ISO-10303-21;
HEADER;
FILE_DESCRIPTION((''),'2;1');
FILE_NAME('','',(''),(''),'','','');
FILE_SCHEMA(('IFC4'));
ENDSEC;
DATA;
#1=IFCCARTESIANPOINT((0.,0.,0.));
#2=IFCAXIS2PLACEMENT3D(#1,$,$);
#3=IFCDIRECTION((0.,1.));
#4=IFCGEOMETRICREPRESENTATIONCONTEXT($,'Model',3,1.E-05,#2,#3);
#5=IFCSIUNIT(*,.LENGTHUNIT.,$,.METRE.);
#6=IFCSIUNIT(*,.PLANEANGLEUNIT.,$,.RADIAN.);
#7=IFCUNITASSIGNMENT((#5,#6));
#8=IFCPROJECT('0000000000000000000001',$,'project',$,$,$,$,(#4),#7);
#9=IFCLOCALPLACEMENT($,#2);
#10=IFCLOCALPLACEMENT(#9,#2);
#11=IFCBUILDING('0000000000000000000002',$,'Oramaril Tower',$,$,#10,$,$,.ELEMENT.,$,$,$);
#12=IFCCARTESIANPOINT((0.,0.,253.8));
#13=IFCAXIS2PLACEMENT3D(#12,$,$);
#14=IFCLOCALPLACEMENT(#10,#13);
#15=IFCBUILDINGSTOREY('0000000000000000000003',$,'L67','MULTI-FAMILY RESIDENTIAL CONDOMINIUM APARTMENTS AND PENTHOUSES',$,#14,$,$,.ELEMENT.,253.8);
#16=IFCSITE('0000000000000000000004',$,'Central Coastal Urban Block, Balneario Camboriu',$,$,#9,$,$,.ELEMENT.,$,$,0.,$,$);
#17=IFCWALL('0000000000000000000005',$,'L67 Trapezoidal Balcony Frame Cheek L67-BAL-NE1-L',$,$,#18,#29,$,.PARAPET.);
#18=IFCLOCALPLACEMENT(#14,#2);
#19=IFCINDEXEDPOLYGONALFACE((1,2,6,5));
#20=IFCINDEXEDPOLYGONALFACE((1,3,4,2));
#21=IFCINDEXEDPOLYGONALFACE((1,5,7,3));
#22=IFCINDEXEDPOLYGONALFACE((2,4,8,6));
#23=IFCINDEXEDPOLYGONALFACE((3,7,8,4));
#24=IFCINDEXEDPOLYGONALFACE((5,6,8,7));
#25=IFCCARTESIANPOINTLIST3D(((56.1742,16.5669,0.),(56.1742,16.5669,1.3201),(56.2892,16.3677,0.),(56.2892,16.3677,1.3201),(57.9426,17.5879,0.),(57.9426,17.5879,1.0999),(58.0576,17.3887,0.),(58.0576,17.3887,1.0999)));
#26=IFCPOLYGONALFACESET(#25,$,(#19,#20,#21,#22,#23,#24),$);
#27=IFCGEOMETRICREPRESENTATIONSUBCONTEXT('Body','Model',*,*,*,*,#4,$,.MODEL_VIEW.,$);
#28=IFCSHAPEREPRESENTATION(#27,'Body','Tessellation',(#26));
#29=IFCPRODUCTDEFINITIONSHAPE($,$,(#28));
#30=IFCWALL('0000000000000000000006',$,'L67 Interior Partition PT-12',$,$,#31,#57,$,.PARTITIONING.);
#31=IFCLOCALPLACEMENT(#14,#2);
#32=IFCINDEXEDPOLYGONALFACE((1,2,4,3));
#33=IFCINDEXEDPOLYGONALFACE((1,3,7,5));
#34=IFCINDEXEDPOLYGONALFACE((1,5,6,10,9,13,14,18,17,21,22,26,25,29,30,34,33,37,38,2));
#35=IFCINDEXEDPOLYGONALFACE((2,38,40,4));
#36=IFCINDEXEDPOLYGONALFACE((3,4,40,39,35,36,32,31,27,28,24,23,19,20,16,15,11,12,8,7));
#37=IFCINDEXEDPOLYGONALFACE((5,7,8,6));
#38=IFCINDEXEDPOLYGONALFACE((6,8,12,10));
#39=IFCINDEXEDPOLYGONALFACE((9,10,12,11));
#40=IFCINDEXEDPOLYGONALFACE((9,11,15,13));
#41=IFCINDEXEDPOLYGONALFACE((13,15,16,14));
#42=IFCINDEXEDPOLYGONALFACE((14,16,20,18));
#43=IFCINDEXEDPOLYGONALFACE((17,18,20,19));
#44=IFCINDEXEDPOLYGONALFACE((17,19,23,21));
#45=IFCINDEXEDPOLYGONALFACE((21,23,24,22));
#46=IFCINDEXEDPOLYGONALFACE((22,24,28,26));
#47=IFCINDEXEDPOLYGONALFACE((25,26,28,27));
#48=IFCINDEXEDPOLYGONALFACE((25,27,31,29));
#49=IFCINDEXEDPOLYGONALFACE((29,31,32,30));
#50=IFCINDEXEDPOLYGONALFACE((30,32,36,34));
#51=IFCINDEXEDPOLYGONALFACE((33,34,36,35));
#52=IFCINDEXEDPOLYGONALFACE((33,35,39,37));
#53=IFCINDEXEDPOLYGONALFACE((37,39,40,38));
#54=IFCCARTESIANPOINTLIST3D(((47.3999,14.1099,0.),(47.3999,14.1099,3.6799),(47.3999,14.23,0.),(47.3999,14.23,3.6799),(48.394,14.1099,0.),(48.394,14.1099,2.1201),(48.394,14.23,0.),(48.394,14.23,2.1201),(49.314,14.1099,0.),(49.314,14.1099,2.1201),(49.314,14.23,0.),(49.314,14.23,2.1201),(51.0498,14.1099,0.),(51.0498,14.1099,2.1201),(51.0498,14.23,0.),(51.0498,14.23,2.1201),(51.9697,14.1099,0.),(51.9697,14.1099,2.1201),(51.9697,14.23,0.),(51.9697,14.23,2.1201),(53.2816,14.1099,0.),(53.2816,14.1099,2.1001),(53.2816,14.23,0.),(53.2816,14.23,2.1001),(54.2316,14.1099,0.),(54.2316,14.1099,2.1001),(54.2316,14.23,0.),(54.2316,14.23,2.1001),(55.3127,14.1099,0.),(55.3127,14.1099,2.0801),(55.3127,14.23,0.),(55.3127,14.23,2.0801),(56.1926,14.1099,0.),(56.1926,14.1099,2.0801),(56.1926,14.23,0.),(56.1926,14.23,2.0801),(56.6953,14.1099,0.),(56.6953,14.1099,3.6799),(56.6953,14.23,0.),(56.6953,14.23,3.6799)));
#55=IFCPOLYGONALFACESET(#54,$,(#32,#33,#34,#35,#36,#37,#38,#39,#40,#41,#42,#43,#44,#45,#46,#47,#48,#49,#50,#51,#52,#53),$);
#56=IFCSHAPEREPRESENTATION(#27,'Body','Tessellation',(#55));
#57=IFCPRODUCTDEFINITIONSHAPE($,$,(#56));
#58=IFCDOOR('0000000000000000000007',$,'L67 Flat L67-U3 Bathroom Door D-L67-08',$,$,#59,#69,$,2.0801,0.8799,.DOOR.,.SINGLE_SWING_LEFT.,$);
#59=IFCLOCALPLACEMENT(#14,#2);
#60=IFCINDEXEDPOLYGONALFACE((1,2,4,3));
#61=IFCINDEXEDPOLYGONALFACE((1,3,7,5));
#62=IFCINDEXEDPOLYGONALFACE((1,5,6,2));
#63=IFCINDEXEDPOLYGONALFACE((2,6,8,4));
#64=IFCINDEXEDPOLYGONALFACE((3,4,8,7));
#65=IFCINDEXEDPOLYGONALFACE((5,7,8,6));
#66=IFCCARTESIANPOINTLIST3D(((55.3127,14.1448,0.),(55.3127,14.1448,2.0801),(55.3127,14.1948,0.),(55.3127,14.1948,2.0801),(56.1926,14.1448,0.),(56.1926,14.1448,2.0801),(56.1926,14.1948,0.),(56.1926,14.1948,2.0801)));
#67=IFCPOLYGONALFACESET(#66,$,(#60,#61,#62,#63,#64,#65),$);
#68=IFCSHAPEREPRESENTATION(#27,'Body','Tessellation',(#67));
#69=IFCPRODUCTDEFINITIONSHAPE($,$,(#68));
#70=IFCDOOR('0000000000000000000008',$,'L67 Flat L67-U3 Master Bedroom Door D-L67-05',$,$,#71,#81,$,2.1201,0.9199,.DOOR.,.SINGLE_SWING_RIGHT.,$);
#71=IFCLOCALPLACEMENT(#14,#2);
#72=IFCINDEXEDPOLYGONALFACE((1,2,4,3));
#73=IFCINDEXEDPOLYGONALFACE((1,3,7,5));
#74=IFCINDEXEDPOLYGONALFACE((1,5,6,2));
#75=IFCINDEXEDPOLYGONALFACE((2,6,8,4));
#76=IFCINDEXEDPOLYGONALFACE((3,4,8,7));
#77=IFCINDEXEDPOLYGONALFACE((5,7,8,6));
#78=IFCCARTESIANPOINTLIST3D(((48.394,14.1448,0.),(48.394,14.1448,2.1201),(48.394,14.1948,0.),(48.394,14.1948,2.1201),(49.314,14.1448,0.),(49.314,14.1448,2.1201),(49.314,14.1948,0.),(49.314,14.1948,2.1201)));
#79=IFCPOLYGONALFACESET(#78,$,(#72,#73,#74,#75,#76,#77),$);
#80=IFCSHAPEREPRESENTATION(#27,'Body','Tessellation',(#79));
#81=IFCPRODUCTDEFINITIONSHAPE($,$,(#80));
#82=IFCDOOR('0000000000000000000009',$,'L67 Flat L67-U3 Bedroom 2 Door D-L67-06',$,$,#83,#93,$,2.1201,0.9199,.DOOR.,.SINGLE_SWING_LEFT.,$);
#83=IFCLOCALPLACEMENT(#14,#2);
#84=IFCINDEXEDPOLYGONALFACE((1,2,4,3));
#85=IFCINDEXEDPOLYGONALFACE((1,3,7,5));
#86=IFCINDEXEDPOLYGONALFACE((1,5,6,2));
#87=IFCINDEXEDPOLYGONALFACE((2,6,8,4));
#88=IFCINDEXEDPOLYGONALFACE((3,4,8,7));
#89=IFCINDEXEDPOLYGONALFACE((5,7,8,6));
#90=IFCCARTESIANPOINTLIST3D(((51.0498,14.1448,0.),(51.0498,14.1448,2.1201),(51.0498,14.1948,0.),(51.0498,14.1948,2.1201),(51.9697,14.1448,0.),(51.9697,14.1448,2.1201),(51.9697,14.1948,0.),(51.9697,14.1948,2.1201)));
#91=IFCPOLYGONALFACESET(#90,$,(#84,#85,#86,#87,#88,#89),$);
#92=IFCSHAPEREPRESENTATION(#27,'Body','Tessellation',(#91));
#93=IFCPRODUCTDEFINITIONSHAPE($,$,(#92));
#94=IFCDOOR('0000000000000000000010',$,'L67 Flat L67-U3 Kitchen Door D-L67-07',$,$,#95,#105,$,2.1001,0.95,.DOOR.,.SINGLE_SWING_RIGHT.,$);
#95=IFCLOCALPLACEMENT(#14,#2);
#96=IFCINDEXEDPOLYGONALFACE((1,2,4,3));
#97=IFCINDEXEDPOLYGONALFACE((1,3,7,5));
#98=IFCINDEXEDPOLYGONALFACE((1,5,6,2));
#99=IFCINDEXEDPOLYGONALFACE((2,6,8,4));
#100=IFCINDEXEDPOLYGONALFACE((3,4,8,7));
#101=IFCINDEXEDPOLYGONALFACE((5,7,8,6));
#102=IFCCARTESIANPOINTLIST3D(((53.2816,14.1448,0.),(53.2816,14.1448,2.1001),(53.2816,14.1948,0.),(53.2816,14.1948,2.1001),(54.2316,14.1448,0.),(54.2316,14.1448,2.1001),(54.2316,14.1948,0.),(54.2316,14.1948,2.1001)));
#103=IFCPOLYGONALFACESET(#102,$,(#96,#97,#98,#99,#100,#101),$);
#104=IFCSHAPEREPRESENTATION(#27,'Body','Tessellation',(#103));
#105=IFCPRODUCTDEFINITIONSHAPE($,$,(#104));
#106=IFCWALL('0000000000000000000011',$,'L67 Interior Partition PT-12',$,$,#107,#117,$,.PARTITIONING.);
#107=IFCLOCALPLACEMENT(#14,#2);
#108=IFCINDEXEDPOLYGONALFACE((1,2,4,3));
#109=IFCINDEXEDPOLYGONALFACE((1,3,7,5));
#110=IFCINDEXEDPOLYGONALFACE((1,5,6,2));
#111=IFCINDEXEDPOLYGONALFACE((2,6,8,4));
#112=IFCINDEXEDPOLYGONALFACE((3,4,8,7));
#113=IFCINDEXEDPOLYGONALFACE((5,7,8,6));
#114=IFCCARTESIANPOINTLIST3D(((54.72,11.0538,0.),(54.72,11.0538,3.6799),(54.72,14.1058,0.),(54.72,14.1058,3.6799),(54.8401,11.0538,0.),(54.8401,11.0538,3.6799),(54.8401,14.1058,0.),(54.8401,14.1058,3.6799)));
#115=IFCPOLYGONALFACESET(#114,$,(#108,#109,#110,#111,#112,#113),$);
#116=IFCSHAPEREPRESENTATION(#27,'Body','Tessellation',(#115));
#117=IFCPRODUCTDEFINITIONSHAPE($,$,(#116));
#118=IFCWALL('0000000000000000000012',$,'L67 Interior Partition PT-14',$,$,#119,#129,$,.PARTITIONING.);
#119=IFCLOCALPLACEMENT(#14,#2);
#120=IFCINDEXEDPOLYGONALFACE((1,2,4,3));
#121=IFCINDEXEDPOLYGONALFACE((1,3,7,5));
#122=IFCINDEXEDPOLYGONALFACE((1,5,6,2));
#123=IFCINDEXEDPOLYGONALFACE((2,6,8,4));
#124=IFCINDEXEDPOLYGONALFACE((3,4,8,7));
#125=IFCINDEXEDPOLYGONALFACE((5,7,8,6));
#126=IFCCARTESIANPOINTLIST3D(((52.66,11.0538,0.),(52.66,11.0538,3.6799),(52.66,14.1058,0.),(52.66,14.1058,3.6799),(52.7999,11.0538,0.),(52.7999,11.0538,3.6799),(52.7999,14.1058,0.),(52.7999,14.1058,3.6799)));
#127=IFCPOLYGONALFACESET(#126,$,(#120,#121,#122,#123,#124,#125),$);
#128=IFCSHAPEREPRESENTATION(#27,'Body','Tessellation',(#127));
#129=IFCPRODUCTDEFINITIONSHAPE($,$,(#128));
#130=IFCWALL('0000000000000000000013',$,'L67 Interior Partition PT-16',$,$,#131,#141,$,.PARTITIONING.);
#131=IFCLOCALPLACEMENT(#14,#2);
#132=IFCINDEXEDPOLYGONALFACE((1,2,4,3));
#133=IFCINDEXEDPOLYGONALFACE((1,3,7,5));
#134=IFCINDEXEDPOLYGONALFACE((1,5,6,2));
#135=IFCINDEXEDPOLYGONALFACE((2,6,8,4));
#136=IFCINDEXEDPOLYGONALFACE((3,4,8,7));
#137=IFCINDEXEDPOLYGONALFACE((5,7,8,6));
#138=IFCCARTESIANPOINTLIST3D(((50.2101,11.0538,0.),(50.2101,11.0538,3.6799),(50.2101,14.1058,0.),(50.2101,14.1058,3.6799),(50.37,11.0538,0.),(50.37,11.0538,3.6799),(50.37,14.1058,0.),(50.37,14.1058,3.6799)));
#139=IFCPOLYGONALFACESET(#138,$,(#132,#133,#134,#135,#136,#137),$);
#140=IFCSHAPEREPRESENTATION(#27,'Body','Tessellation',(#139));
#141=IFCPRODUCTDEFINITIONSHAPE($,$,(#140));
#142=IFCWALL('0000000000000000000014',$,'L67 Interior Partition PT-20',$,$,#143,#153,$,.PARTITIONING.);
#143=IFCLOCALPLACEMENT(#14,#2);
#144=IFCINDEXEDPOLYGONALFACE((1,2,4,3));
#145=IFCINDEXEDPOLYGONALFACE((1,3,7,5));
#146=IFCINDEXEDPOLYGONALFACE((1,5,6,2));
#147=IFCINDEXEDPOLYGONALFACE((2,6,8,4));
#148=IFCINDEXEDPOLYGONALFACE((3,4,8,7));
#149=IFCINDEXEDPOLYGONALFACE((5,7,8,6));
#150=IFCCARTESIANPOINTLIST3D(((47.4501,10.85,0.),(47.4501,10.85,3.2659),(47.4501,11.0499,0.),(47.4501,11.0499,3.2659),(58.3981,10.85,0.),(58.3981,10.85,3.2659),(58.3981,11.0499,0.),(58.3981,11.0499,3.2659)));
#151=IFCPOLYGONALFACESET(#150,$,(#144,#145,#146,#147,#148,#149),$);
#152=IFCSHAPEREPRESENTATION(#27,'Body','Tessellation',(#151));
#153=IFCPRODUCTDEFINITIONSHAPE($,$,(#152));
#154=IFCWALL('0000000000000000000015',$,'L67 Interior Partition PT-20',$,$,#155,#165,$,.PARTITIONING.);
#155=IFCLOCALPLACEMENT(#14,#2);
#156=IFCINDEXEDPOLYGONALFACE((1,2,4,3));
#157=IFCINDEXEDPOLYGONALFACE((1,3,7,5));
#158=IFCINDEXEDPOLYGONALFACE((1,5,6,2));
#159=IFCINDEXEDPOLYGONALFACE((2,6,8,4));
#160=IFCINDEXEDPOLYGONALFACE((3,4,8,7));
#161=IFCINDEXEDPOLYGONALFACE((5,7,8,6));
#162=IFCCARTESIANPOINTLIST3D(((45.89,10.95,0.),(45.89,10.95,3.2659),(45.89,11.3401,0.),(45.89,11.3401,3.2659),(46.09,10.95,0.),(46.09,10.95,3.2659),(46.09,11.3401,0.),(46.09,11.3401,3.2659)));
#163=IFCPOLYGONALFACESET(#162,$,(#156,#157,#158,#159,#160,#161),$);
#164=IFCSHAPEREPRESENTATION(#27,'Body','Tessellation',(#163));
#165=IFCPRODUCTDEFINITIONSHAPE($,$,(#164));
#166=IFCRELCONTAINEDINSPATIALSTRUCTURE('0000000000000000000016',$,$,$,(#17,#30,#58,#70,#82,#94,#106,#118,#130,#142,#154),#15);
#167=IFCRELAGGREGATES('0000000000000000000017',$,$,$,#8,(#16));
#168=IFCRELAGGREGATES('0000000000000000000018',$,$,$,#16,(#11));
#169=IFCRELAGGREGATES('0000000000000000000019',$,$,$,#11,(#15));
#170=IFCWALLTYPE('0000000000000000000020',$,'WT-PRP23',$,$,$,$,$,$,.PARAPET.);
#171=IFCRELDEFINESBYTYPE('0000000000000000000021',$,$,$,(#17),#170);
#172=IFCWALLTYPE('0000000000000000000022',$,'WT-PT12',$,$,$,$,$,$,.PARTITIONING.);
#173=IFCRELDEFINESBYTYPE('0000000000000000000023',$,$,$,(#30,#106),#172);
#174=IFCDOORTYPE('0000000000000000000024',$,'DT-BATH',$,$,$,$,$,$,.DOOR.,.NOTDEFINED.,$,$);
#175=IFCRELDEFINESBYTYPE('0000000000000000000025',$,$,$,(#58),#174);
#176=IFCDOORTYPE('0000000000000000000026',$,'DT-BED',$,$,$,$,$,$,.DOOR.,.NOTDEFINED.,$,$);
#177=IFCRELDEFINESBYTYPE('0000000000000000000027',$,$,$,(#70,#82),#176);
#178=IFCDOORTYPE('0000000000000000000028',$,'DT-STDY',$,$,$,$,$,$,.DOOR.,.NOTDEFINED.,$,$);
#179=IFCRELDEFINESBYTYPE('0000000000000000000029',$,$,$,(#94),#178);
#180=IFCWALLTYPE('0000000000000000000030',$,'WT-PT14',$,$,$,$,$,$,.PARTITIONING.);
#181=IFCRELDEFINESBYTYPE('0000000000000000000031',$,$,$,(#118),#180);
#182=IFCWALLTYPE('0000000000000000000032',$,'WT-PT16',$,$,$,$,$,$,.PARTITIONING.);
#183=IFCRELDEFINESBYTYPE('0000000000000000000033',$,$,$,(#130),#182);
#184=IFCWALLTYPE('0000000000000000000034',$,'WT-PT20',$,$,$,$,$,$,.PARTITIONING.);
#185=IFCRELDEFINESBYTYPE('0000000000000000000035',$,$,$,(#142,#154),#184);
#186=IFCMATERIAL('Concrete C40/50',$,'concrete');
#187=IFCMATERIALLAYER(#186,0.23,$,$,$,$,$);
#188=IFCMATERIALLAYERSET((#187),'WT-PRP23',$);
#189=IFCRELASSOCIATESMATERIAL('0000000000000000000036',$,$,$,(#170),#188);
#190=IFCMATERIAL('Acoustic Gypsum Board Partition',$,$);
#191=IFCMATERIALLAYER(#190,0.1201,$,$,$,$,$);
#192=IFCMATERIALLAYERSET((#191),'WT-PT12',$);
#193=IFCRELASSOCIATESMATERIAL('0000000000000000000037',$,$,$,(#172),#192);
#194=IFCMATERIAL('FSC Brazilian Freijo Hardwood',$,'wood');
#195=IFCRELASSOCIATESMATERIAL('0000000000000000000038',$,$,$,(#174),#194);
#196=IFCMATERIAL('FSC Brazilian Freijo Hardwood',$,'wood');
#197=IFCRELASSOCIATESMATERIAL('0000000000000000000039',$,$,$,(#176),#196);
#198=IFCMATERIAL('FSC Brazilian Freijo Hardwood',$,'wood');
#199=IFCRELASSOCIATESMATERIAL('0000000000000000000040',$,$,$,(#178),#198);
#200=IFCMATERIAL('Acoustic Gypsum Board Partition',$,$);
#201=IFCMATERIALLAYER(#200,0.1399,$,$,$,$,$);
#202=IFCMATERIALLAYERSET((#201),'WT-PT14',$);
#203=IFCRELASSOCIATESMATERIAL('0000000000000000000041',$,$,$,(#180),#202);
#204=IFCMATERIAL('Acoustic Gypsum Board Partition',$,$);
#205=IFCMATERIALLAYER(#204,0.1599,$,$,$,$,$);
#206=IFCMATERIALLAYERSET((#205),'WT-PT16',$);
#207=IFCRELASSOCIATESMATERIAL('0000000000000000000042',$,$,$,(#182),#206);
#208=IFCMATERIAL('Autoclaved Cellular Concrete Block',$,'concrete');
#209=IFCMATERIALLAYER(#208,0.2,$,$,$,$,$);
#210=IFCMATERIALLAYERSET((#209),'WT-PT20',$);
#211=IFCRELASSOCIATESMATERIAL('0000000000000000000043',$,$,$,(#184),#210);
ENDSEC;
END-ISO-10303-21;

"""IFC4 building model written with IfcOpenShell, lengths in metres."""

from ifc_helpers import new_model, si_unit, direction, frame, frame_2d, origin, place, context, subcontext, project, spatial, polyline, rectangle, outline, extrude, material, layer, layer_set, type_object, element, fill, save


model = new_model("IFC4")

# Units and contexts
model_context = context("Model", 3, precision=1e-05, world=origin(), true_north=direction((0.0, 1.0)))
body_context = subcontext(model_context, "Body", "Model", "MODEL_VIEW")
ifc_project = project(units=[si_unit("LENGTHUNIT", "METRE"), si_unit("PLANEANGLEUNIT", "RADIAN")], contexts=[model_context])

# Site, building, storey
site_placement = place(None, origin())
site = spatial("IfcSite", under=ifc_project, at=site_placement, Name="Central Coastal Urban Block, Balneario Camboriu", CompositionType="ELEMENT", RefElevation=0.0)
building_placement = place(site_placement, origin())
building = spatial("IfcBuilding", under=site, at=building_placement, Name="Oramaril Tower", CompositionType="ELEMENT")
storey_placement = place(building_placement, frame((0.0, 0.0, 253.8)))
storey = spatial("IfcBuildingStorey", under=building, at=storey_placement, Name="L67", Description="MULTI-FAMILY RESIDENTIAL CONDOMINIUM APARTMENTS AND PENTHOUSES", CompositionType="ELEMENT", Elevation=253.8)

# Wall
ifc_material_1 = material(Name="Concrete C40/50", Category="concrete")
ifc_layer_1 = layer(ifc_material_1, 0.23)
ifc_layer_set_1 = layer_set([ifc_layer_1], Name="WT-PRP23")
wall_type_1 = type_object("IfcWallType", Name="WT-PRP23", PredefinedType="PARAPET", material=ifc_layer_set_1)
wall_1_placement = place(storey_placement, frame((56.2317, 16.4673, 0.0), z_axis=(0.0, 0.0, 1.0), x_axis=(0.866012, 0.500023, 0.0)))
element("IfcWall", 1, at=wall_1_placement, inside=storey, type_object=wall_type_1, Name="L67 Trapezoidal Balcony Frame Cheek L67-BAL-NE1-L", PredefinedType="PARAPET", context=body_context, shape_type="SweptSolid", body=[
    extrude(outline(polyline([(0.0, 0.0), (2.042, 0.0), (2.042, 1.0999), (0.0, 1.3201), (0.0, 0.0)])), frame((0.0, 0.115, 0.0), z_axis=(0.0, -1.0, 0.0), x_axis=(1.0, 0.0, 0.0)), (0.0, 0.0, 1.0), 0.23),
])

# Wall, openings, doors
ifc_material_2 = material(Name="Acoustic Gypsum Board Partition")
ifc_layer_2 = layer(ifc_material_2, 0.1201)
ifc_layer_set_2 = layer_set([ifc_layer_2], Name="WT-PT12")
wall_type_2 = type_object("IfcWallType", Name="WT-PT12", PredefinedType="PARTITIONING", material=ifc_layer_set_2)
wall_2_placement = place(storey_placement, frame((47.3999, 14.1699, 0.0), z_axis=(0.0, 0.0, 1.0), x_axis=(1.0, 0.0, 0.0)))
wall_2 = element("IfcWall", 2, at=wall_2_placement, inside=storey, type_object=wall_type_2, Name="L67 Interior Partition PT-12", PredefinedType="PARTITIONING", context=body_context, shape_type="SweptSolid", body=[
    extrude(rectangle(XDim=9.2954, YDim=0.1201, at=frame_2d((4.6477, 0.0))), origin(), (0.0, 0.0, 1.0), 3.6799),
])
opening_1_placement = place(wall_2_placement, frame((0.9941, 0.0, 0.0)))
opening_1 = element("IfcOpeningElement", 3, at=opening_1_placement, cuts=wall_2, PredefinedType="OPENING", context=body_context, shape_type="SweptSolid", body=[
    extrude(rectangle(XDim=0.9199, YDim=2.1201, at=frame_2d((0.46, 1.0601))), frame((0.0, 0.0601, 0.0), z_axis=(0.0, -1.0, 0.0), x_axis=(1.0, 0.0, 0.0)), (0.0, 0.0, 1.0), 0.1201),
])
opening_2_placement = place(wall_2_placement, frame((3.6499, 0.0, 0.0)))
opening_2 = element("IfcOpeningElement", 4, at=opening_2_placement, cuts=wall_2, PredefinedType="OPENING", context=body_context, shape_type="SweptSolid", body=[
    extrude(rectangle(XDim=0.9199, YDim=2.1201, at=frame_2d((0.46, 1.0601))), frame((0.0, 0.0601, 0.0), z_axis=(0.0, -1.0, 0.0), x_axis=(1.0, 0.0, 0.0)), (0.0, 0.0, 1.0), 0.1201),
])
opening_3_placement = place(wall_2_placement, frame((5.8816, 0.0, 0.0)))
opening_3 = element("IfcOpeningElement", 5, at=opening_3_placement, cuts=wall_2, PredefinedType="OPENING", context=body_context, shape_type="SweptSolid", body=[
    extrude(rectangle(XDim=0.95, YDim=2.1001, at=frame_2d((0.4751, 1.05))), frame((0.0, 0.0601, 0.0), z_axis=(0.0, -1.0, 0.0), x_axis=(1.0, 0.0, 0.0)), (0.0, 0.0, 1.0), 0.1201),
])
opening_4_placement = place(wall_2_placement, frame((7.9128, 0.0, 0.0)))
opening_4 = element("IfcOpeningElement", 6, at=opening_4_placement, cuts=wall_2, PredefinedType="OPENING", context=body_context, shape_type="SweptSolid", body=[
    extrude(rectangle(XDim=0.8799, YDim=2.0801, at=frame_2d((0.4399, 1.04))), frame((0.0, 0.0601, 0.0), z_axis=(0.0, -1.0, 0.0), x_axis=(1.0, 0.0, 0.0)), (0.0, 0.0, 1.0), 0.1201),
])
ifc_material_3 = material(Name="FSC Brazilian Freijo Hardwood", Category="wood")
door_type_1 = type_object("IfcDoorType", Name="DT-BATH", OperationType="NOTDEFINED", PredefinedType="DOOR", material=ifc_material_3)
door_1_placement = place(opening_4_placement, origin())
door_1 = element("IfcDoor", 7, at=door_1_placement, inside=storey, type_object=door_type_1, Name="L67 Flat L67-U3 Bathroom Door D-L67-08", OperationType="SINGLE_SWING_LEFT", OverallHeight=2.0801, OverallWidth=0.8799, PredefinedType="DOOR", context=body_context, shape_type="SweptSolid", body=[
    extrude(rectangle(XDim=0.8799, YDim=2.0801, at=frame_2d((0.4399, 1.04))), frame((0.0, 0.0249, 0.0), z_axis=(0.0, -1.0, 0.0), x_axis=(1.0, 0.0, 0.0)), (0.0, 0.0, 1.0), 0.05),
])
fill(opening_4, door_1)
ifc_material_4 = material(Name="FSC Brazilian Freijo Hardwood", Category="wood")
door_type_2 = type_object("IfcDoorType", Name="DT-BED", OperationType="NOTDEFINED", PredefinedType="DOOR", material=ifc_material_4)
door_2_placement = place(opening_1_placement, origin())
door_2 = element("IfcDoor", 8, at=door_2_placement, inside=storey, type_object=door_type_2, Name="L67 Flat L67-U3 Master Bedroom Door D-L67-05", OperationType="SINGLE_SWING_RIGHT", OverallHeight=2.1201, OverallWidth=0.9199, PredefinedType="DOOR", context=body_context, shape_type="SweptSolid", body=[
    extrude(rectangle(XDim=0.9199, YDim=2.1201, at=frame_2d((0.46, 1.0601))), frame((0.0, 0.0249, 0.0), z_axis=(0.0, -1.0, 0.0), x_axis=(1.0, 0.0, 0.0)), (0.0, 0.0, 1.0), 0.05),
])
fill(opening_1, door_2)
door_3_placement = place(opening_2_placement, origin())
door_3 = element("IfcDoor", 9, at=door_3_placement, inside=storey, type_object=door_type_2, Name="L67 Flat L67-U3 Bedroom 2 Door D-L67-06", OperationType="SINGLE_SWING_LEFT", OverallHeight=2.1201, OverallWidth=0.9199, PredefinedType="DOOR", context=body_context, shape_type="SweptSolid", body=[
    extrude(rectangle(XDim=0.9199, YDim=2.1201, at=frame_2d((0.46, 1.0601))), frame((0.0, 0.0249, 0.0), z_axis=(0.0, -1.0, 0.0), x_axis=(1.0, 0.0, 0.0)), (0.0, 0.0, 1.0), 0.05),
])
fill(opening_2, door_3)
ifc_material_5 = material(Name="FSC Brazilian Freijo Hardwood", Category="wood")
door_type_3 = type_object("IfcDoorType", Name="DT-STDY", OperationType="NOTDEFINED", PredefinedType="DOOR", material=ifc_material_5)
door_4_placement = place(opening_3_placement, origin())
door_4 = element("IfcDoor", 10, at=door_4_placement, inside=storey, type_object=door_type_3, Name="L67 Flat L67-U3 Kitchen Door D-L67-07", OperationType="SINGLE_SWING_RIGHT", OverallHeight=2.1001, OverallWidth=0.95, PredefinedType="DOOR", context=body_context, shape_type="SweptSolid", body=[
    extrude(rectangle(XDim=0.95, YDim=2.1001, at=frame_2d((0.4751, 1.05))), frame((0.0, 0.0249, 0.0), z_axis=(0.0, -1.0, 0.0), x_axis=(1.0, 0.0, 0.0)), (0.0, 0.0, 1.0), 0.05),
])
fill(opening_3, door_4)

# Walls
wall_3_placement = place(storey_placement, frame((54.78, 11.054, 0.0), z_axis=(0.0, 0.0, 1.0), x_axis=(0.0, 1.0, 0.0)))
element("IfcWall", 11, at=wall_3_placement, inside=storey, type_object=wall_type_2, Name="L67 Interior Partition PT-12", PredefinedType="PARTITIONING", context=body_context, shape_type="SweptSolid", body=[
    extrude(rectangle(XDim=3.052, YDim=0.1201, at=frame_2d((1.5259, 0.0))), origin(), (0.0, 0.0, 1.0), 3.6799),
])
ifc_material_6 = material(Name="Acoustic Gypsum Board Partition")
ifc_layer_3 = layer(ifc_material_6, 0.1399)
ifc_layer_set_3 = layer_set([ifc_layer_3], Name="WT-PT14")
wall_type_3 = type_object("IfcWallType", Name="WT-PT14", PredefinedType="PARTITIONING", material=ifc_layer_set_3)
wall_4_placement = place(storey_placement, frame((52.73, 11.054, 0.0), z_axis=(0.0, 0.0, 1.0), x_axis=(0.0, 1.0, 0.0)))
element("IfcWall", 12, at=wall_4_placement, inside=storey, type_object=wall_type_3, Name="L67 Interior Partition PT-14", PredefinedType="PARTITIONING", context=body_context, shape_type="SweptSolid", body=[
    extrude(rectangle(XDim=3.052, YDim=0.1399, at=frame_2d((1.5259, 0.0))), origin(), (0.0, 0.0, 1.0), 3.6799),
])
ifc_material_7 = material(Name="Acoustic Gypsum Board Partition")
ifc_layer_4 = layer(ifc_material_7, 0.1599)
ifc_layer_set_4 = layer_set([ifc_layer_4], Name="WT-PT16")
wall_type_4 = type_object("IfcWallType", Name="WT-PT16", PredefinedType="PARTITIONING", material=ifc_layer_set_4)
wall_5_placement = place(storey_placement, frame((50.29, 11.054, 0.0), z_axis=(0.0, 0.0, 1.0), x_axis=(0.0, 1.0, 0.0)))
element("IfcWall", 13, at=wall_5_placement, inside=storey, type_object=wall_type_4, Name="L67 Interior Partition PT-16", PredefinedType="PARTITIONING", context=body_context, shape_type="SweptSolid", body=[
    extrude(rectangle(XDim=3.052, YDim=0.1599, at=frame_2d((1.5259, 0.0))), origin(), (0.0, 0.0, 1.0), 3.6799),
])
ifc_material_8 = material(Name="Autoclaved Cellular Concrete Block", Category="concrete")
ifc_layer_5 = layer(ifc_material_8, 0.2)
ifc_layer_set_5 = layer_set([ifc_layer_5], Name="WT-PT20")
wall_type_5 = type_object("IfcWallType", Name="WT-PT20", PredefinedType="PARTITIONING", material=ifc_layer_set_5)
wall_6_placement = place(storey_placement, frame((47.45, 10.95, 0.0), z_axis=(0.0, 0.0, 1.0), x_axis=(1.0, 0.0, 0.0)))
element("IfcWall", 14, at=wall_6_placement, inside=storey, type_object=wall_type_5, Name="L67 Interior Partition PT-20", PredefinedType="PARTITIONING", context=body_context, shape_type="SweptSolid", body=[
    extrude(rectangle(XDim=10.948, YDim=0.2, at=frame_2d((5.4741, 0.0))), origin(), (0.0, 0.0, 1.0), 3.2659),
])
wall_7_placement = place(storey_placement, frame((45.99, 10.95, 0.0), z_axis=(0.0, 0.0, 1.0), x_axis=(0.0, 1.0, 0.0)))
element("IfcWall", 15, at=wall_7_placement, inside=storey, type_object=wall_type_5, Name="L67 Interior Partition PT-20", PredefinedType="PARTITIONING", context=body_context, shape_type="SweptSolid", body=[
    extrude(rectangle(XDim=0.3901, YDim=0.2, at=frame_2d((0.1951, 0.0))), origin(), (0.0, 0.0, 1.0), 3.2659),
])

save(model, "model.ifc")
